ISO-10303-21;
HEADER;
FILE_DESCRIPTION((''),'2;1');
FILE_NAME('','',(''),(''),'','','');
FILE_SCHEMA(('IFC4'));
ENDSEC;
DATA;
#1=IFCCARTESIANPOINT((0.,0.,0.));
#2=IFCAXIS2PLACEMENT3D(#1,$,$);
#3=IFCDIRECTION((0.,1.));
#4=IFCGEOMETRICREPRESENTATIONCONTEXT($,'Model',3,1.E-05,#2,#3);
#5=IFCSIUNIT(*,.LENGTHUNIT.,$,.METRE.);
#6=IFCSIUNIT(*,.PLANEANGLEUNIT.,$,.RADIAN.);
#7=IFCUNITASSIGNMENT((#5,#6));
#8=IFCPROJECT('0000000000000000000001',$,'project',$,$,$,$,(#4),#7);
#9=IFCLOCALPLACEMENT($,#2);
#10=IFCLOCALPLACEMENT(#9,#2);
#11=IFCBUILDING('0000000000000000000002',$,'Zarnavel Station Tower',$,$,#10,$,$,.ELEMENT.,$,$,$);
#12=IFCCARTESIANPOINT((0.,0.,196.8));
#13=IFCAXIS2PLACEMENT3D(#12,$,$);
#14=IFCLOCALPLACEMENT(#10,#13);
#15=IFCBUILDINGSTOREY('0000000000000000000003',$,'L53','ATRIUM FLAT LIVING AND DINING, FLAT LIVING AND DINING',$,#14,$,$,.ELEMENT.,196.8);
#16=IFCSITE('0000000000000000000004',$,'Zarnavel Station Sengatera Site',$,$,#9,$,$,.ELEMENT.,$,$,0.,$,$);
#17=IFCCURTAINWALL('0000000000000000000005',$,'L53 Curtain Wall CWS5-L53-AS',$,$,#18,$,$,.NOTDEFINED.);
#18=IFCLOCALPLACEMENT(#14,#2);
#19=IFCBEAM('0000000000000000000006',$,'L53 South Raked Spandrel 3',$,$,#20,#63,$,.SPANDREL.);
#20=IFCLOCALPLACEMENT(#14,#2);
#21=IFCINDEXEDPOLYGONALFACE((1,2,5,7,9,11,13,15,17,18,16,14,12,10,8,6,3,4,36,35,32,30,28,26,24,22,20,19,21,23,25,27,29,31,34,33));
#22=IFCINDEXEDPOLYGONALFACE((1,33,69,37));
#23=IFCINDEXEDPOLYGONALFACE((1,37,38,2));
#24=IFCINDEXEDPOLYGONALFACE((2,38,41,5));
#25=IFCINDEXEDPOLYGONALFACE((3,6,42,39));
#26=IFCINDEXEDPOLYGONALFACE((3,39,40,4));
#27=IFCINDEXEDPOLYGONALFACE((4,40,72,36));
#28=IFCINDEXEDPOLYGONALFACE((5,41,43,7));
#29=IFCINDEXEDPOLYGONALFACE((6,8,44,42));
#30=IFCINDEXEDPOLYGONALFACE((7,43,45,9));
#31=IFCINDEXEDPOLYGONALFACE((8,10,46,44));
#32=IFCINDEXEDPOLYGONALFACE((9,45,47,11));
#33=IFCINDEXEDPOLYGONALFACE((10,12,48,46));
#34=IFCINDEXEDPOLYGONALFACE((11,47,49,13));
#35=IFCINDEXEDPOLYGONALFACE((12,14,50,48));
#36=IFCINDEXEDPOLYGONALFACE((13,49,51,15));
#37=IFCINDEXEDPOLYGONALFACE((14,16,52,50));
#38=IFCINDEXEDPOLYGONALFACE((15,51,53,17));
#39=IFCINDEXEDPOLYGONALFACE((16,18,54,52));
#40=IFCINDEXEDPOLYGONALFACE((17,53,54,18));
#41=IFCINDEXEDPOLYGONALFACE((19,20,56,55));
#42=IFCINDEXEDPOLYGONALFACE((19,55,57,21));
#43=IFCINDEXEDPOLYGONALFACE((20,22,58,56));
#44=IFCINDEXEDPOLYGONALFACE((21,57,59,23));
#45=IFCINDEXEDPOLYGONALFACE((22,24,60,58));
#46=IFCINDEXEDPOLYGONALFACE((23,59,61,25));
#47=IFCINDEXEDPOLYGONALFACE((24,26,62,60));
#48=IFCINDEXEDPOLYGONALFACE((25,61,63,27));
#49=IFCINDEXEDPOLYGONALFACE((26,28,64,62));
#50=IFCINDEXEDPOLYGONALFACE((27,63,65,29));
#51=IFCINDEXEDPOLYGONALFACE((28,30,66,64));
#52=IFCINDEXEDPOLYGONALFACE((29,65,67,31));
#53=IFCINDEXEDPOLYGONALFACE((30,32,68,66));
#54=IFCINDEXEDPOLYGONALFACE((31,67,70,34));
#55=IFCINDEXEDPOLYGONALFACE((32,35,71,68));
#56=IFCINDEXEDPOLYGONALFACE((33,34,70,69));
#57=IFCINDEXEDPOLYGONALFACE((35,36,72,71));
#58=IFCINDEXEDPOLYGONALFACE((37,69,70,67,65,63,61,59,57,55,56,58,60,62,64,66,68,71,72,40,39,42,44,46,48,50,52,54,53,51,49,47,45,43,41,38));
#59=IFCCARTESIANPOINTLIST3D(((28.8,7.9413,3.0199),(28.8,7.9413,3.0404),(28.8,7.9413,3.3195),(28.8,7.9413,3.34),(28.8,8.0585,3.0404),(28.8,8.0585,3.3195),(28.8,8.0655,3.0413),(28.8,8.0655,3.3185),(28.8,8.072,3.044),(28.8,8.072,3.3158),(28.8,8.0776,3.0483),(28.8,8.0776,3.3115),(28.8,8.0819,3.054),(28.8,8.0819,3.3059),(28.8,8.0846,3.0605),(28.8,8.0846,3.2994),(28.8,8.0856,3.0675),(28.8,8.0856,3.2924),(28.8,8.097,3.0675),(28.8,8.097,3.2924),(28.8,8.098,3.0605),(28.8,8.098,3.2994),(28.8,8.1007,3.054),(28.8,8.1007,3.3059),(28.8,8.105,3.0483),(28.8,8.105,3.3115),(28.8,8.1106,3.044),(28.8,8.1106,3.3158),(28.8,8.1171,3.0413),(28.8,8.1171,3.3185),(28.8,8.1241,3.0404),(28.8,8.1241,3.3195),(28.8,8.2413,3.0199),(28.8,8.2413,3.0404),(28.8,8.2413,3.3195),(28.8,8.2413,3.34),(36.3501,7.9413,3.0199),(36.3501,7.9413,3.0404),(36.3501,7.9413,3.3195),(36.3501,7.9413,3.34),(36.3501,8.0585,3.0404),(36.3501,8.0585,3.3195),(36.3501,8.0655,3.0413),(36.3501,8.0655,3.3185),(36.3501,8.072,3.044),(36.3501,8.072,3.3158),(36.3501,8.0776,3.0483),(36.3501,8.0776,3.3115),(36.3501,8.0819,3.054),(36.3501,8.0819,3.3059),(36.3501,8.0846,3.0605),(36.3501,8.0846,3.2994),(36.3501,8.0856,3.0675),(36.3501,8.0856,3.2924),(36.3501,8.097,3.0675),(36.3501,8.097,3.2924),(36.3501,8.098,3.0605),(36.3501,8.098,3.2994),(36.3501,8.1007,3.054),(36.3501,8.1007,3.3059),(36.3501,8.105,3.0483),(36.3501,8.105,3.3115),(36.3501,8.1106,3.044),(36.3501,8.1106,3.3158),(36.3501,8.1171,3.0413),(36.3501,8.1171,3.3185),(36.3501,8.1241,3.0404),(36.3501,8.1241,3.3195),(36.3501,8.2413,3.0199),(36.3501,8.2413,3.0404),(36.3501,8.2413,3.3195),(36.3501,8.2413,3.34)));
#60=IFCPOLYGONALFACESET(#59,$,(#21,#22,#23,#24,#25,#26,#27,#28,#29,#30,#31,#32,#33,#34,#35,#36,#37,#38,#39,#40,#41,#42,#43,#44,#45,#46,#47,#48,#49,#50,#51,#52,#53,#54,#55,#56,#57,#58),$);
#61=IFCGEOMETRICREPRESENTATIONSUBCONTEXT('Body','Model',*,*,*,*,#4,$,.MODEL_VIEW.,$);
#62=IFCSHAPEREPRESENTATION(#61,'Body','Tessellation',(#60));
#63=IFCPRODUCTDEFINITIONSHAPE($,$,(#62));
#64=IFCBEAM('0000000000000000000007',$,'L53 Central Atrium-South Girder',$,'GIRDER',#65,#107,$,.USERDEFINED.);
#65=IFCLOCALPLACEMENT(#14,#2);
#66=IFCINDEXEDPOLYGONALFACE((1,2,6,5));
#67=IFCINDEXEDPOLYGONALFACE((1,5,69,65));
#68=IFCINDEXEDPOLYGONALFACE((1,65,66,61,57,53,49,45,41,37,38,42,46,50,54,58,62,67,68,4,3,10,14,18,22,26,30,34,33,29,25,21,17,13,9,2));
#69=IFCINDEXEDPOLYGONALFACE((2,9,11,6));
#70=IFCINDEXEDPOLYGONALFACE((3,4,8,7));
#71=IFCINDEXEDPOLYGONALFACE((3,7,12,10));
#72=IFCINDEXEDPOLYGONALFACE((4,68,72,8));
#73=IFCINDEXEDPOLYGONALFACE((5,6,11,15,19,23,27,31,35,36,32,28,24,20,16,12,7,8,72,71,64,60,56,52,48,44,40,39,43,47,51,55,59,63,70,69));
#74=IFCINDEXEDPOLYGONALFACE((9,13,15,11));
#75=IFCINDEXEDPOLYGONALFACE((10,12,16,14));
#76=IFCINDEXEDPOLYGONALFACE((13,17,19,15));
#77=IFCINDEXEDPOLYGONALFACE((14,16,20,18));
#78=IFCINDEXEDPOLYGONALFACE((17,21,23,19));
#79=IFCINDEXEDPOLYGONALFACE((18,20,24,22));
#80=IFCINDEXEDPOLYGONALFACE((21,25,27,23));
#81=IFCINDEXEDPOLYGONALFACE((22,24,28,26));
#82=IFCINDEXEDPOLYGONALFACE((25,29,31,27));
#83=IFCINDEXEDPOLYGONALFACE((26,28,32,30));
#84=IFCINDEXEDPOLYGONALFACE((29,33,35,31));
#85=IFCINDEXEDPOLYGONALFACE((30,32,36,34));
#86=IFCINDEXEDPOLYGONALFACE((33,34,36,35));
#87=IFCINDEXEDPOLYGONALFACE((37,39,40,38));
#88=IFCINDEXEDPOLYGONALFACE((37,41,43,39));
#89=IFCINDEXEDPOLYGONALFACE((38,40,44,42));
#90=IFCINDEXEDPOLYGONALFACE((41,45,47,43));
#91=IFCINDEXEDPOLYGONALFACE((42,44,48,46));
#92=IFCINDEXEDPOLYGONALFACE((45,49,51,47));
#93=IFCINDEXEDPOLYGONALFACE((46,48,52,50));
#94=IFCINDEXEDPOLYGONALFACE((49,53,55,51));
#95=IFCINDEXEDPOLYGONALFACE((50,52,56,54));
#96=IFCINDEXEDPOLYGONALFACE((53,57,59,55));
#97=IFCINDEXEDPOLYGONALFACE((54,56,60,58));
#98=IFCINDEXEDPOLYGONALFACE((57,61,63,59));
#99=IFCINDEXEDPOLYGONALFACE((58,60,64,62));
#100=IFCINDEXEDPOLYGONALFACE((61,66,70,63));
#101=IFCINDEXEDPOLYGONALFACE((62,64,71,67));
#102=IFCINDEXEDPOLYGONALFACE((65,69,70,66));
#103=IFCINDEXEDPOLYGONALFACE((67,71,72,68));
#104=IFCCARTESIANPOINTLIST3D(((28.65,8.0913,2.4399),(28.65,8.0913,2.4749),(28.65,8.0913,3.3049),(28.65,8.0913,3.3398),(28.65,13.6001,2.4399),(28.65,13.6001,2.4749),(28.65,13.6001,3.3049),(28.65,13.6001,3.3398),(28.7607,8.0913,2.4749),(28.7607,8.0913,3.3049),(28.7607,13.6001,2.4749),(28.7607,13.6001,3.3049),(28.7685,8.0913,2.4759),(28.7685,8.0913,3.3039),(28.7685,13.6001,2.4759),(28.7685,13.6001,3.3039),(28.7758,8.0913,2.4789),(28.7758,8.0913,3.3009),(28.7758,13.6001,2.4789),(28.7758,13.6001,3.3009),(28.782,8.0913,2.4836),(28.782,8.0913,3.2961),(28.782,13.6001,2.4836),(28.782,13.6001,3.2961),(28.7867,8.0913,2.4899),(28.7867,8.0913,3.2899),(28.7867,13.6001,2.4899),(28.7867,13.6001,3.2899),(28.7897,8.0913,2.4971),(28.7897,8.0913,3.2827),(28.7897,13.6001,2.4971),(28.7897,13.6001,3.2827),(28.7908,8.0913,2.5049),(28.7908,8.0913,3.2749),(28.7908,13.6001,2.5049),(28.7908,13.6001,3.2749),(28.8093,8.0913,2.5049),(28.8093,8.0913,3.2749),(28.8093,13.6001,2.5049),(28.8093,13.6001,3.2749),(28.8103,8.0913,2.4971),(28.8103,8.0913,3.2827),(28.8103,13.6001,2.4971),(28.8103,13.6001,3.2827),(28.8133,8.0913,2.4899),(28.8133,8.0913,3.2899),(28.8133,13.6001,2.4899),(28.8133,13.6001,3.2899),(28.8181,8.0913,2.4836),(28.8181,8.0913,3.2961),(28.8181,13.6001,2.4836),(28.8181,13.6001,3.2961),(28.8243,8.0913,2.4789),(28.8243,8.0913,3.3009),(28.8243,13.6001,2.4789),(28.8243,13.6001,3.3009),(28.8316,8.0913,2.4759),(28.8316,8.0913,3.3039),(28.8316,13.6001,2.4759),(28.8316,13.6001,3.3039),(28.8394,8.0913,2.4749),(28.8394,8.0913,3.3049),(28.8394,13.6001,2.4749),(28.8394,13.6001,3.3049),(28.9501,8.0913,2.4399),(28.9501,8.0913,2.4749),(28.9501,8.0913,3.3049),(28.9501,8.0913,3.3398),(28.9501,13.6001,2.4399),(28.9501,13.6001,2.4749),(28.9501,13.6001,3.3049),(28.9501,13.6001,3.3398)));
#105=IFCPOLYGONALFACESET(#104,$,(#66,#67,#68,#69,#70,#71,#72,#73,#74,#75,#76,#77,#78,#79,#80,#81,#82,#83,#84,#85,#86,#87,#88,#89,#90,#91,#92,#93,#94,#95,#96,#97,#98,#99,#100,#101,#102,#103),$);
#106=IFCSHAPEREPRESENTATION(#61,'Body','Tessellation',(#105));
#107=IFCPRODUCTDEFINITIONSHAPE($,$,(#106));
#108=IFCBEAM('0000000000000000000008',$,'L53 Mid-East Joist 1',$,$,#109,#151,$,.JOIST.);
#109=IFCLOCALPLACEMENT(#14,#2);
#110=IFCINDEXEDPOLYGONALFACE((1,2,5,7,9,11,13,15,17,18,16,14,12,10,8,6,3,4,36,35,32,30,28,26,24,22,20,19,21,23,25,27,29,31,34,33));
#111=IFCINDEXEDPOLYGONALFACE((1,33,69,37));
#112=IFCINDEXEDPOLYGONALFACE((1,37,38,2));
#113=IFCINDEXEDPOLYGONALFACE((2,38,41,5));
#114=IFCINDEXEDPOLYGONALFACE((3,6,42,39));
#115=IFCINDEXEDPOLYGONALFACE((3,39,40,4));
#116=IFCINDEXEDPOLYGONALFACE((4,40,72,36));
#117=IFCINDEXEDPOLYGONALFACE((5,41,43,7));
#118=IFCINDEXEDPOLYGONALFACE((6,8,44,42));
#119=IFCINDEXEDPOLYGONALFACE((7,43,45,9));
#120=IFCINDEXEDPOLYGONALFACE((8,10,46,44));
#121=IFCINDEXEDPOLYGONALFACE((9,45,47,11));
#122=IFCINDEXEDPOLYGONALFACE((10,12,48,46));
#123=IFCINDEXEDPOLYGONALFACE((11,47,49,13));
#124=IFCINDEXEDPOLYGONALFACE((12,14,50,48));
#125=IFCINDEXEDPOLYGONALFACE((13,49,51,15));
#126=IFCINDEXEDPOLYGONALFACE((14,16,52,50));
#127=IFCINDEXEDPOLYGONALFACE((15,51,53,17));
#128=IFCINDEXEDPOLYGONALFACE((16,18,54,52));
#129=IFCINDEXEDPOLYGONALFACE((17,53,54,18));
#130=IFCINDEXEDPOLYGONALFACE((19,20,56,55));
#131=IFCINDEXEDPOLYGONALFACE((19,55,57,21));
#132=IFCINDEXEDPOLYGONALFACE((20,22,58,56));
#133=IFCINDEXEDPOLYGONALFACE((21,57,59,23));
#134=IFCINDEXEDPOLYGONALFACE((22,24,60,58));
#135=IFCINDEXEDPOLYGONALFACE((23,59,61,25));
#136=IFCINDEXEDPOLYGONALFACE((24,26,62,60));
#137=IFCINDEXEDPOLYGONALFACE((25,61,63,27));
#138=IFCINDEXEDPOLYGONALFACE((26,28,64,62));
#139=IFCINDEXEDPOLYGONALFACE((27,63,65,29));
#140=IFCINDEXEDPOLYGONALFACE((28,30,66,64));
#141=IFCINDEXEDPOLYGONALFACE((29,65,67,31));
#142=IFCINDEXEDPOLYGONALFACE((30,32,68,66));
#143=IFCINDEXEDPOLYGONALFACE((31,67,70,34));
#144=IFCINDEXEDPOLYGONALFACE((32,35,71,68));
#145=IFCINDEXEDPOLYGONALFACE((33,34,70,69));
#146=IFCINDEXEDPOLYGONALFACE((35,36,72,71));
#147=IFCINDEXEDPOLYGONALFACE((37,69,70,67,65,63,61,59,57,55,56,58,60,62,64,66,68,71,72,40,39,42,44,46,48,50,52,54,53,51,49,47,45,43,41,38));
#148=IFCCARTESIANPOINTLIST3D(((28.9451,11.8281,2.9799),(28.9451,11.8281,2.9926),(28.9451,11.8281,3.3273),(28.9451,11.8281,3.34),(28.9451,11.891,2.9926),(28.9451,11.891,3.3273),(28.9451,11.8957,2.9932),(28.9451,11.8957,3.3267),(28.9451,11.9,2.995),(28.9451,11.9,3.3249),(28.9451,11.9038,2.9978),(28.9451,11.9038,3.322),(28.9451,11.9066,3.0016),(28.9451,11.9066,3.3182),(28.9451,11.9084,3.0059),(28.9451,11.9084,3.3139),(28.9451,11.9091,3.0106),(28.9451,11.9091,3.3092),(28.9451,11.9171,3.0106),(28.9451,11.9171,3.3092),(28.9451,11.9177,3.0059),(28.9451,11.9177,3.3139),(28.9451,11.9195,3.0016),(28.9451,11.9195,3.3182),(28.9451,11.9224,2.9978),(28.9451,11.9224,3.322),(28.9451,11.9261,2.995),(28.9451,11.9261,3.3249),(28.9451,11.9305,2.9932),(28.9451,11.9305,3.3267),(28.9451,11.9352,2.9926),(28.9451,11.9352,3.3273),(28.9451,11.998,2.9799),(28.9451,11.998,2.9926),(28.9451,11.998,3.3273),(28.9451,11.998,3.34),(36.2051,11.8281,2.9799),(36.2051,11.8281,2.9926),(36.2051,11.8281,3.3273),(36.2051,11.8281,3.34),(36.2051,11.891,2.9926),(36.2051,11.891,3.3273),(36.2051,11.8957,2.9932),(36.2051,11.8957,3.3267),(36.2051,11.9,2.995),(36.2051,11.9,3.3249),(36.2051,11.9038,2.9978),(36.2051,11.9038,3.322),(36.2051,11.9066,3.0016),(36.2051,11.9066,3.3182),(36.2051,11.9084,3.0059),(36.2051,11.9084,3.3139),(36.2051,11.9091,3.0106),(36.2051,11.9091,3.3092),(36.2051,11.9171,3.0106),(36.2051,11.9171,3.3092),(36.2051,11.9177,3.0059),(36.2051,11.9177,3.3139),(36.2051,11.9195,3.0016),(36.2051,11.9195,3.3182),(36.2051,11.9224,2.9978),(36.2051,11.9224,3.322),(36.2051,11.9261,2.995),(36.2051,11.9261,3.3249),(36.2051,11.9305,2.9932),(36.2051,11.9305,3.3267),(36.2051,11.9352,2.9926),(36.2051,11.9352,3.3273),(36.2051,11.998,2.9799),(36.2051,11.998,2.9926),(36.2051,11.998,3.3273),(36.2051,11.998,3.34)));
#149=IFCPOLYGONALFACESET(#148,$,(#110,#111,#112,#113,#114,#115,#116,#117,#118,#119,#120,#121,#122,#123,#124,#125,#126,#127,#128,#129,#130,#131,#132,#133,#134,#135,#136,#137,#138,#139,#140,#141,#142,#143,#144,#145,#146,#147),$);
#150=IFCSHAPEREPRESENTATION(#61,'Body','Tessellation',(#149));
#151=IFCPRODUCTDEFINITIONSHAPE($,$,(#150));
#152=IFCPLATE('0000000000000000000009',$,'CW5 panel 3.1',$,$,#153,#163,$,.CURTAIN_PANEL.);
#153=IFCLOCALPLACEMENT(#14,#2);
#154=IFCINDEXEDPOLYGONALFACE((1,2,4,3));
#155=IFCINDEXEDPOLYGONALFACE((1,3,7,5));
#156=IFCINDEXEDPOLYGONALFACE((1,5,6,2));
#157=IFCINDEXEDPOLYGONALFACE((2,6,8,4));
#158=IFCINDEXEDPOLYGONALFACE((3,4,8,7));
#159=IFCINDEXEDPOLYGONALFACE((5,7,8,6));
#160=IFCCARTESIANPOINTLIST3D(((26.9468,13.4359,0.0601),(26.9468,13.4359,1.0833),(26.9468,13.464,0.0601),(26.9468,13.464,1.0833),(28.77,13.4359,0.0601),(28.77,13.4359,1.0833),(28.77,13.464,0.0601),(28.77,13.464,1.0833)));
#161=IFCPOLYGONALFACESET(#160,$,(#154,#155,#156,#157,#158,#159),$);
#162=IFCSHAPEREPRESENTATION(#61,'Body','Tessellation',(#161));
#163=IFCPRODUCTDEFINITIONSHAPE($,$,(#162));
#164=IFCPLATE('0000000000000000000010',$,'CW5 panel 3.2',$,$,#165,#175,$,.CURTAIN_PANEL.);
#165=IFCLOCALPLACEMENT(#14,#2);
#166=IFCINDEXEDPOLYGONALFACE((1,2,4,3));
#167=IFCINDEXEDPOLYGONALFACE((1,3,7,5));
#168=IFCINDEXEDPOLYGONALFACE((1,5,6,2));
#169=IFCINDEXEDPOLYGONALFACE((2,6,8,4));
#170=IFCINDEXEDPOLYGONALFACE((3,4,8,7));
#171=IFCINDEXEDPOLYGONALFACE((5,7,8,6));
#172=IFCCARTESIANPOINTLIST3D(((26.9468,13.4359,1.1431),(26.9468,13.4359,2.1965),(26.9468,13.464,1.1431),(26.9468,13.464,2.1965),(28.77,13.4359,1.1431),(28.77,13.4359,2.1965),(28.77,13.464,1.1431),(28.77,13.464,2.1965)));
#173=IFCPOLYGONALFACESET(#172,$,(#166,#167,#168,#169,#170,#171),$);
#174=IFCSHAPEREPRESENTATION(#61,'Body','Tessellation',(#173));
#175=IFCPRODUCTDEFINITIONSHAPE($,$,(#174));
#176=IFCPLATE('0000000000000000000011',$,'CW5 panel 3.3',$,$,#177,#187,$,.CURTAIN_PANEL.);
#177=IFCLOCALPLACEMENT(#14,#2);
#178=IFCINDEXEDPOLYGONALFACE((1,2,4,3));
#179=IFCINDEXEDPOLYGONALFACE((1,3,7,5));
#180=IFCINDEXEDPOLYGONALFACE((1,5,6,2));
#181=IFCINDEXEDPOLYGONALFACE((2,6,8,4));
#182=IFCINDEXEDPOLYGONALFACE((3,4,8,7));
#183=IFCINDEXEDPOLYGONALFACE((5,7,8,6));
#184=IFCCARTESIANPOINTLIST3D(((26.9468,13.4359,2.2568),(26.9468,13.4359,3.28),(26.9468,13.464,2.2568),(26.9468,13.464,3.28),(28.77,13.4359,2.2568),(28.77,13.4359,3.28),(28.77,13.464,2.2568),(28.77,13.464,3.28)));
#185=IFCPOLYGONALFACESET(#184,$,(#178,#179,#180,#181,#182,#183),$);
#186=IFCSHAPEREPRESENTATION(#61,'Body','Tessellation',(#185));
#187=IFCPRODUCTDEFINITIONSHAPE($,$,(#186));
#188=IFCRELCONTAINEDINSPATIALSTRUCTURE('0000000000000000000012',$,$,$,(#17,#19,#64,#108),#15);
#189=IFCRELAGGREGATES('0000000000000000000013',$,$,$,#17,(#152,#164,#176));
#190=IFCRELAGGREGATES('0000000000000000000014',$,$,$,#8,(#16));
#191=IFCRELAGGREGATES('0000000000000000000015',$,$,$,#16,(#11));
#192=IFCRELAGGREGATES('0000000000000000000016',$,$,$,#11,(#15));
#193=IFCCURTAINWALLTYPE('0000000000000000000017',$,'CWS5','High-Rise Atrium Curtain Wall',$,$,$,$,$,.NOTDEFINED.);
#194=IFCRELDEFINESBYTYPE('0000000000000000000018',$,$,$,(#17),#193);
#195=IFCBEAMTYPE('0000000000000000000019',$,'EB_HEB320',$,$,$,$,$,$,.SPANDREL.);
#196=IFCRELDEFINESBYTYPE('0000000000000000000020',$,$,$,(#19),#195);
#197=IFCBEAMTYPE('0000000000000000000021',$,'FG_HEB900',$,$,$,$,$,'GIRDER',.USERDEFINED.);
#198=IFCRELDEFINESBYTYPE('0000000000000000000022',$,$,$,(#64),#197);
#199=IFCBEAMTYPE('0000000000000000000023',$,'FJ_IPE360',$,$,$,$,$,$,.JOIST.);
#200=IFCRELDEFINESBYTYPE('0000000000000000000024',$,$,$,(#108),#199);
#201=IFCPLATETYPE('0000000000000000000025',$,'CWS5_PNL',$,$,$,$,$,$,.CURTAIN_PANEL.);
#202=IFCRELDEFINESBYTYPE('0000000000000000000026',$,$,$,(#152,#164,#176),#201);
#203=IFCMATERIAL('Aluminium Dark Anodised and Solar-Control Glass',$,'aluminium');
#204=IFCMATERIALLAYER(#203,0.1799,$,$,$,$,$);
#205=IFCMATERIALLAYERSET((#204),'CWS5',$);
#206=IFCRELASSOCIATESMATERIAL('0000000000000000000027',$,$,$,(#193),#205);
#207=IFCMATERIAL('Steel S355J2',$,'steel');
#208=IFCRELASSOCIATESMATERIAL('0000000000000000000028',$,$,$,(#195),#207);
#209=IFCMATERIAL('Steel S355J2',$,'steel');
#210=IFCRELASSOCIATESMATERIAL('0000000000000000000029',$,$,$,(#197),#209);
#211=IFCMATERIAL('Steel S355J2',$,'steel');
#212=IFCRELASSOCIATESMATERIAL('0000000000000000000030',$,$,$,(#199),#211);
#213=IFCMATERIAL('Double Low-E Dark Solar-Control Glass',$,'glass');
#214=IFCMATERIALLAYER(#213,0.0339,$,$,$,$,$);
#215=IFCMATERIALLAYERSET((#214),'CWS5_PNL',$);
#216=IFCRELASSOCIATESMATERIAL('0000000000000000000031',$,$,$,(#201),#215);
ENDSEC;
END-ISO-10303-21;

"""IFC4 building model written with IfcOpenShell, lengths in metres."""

from ifc_helpers import new_model, si_unit, direction, frame, origin, origin_2d, place, context, subcontext, project, spatial, rectangle, i_section, extrude, material, layer, layer_set, material_profile, profile_set, type_object, element, aggregate, save


model = new_model("IFC4")

# Units and contexts
model_context = context("Model", 3, precision=1e-05, world=origin(), true_north=direction((0.0, 1.0)))
body_context = subcontext(model_context, "Body", "Model", "MODEL_VIEW")
ifc_project = project(units=[si_unit("LENGTHUNIT", "METRE"), si_unit("PLANEANGLEUNIT", "RADIAN")], contexts=[model_context])

# Site, building, storey
site_placement = place(None, origin())
site = spatial("IfcSite", under=ifc_project, at=site_placement, Name="Zarnavel Station Sengatera Site", CompositionType="ELEMENT", RefElevation=0.0)
building_placement = place(site_placement, origin())
building = spatial("IfcBuilding", under=site, at=building_placement, Name="Zarnavel Station Tower", CompositionType="ELEMENT")
storey_placement = place(building_placement, frame((0.0, 0.0, 196.8)))
storey = spatial("IfcBuildingStorey", under=building, at=storey_placement, Name="L53", Description="ATRIUM FLAT LIVING AND DINING, FLAT LIVING AND DINING", CompositionType="ELEMENT", Elevation=196.8)

# Curtain wall
ifc_material_1 = material(Name="Aluminium Dark Anodised and Solar-Control Glass", Category="aluminium")
ifc_layer_1 = layer(ifc_material_1, 0.1799)
ifc_layer_set_1 = layer_set([ifc_layer_1], Name="CWS5")
curtain_wall_type = type_object("IfcCurtainWallType", Name="CWS5", Description="High-Rise Atrium Curtain Wall", PredefinedType="NOTDEFINED", material=ifc_layer_set_1)
curtain_wall_placement = place(storey_placement, origin())
curtain_wall = element("IfcCurtainWall", 1, at=curtain_wall_placement, inside=storey, type_object=curtain_wall_type, Name="L53 Curtain Wall CWS5-L53-AS", PredefinedType="NOTDEFINED")

# Beams
ifc_material_2 = material(Name="Steel S355J2", Category="steel")
ifc_material_profile_1 = material_profile(ifc_material_2, i_section(OverallWidth=0.3, OverallDepth=0.3201, WebThickness=0.0115, FlangeThickness=0.0205, FilletRadius=0.0271, at=origin_2d()), Name="HEB320")
ifc_profile_set_1 = profile_set([ifc_material_profile_1], Name="Steel S355J2")
beam_type_1 = type_object("IfcBeamType", Name="EB_HEB320", PredefinedType="SPANDREL", material=ifc_profile_set_1)
beam_1_placement = place(storey_placement, frame((28.8, 8.0913, 3.1799), z_axis=(1.0, 0.0, 0.0), x_axis=(0.0, 1.0, 0.0)))
element("IfcBeam", 2, at=beam_1_placement, inside=storey, type_object=beam_type_1, Name="L53 South Raked Spandrel 3", PredefinedType="SPANDREL", context=body_context, shape_type="SweptSolid", body=[
    extrude(i_section(OverallWidth=0.3, OverallDepth=0.3201, WebThickness=0.0115, FlangeThickness=0.0205, FilletRadius=0.0271, at=origin_2d()), origin(), (0.0, 0.0, 1.0), 7.55),
])
ifc_material_3 = material(Name="Steel S355J2", Category="steel")
ifc_material_profile_2 = material_profile(ifc_material_3, i_section(OverallWidth=0.3, OverallDepth=0.8999, WebThickness=0.0186, FlangeThickness=0.0349, FilletRadius=0.03, at=origin_2d()), Name="HEB900")
ifc_profile_set_2 = profile_set([ifc_material_profile_2], Name="Steel S355J2")
beam_type_2 = type_object("IfcBeamType", Name="FG_HEB900", ElementType="GIRDER", PredefinedType="USERDEFINED", material=ifc_profile_set_2)
beam_2_placement = place(storey_placement, frame((28.8, 8.0913, 2.8899), z_axis=(0.0, 1.0, 0.0), x_axis=(-1.0, 0.0, 0.0)))
element("IfcBeam", 3, at=beam_2_placement, inside=storey, type_object=beam_type_2, Name="L53 Central Atrium-South Girder", ObjectType="GIRDER", PredefinedType="USERDEFINED", context=body_context, shape_type="SweptSolid", body=[
    extrude(i_section(OverallWidth=0.3, OverallDepth=0.8999, WebThickness=0.0186, FlangeThickness=0.0349, FilletRadius=0.03, at=origin_2d()), origin(), (0.0, 0.0, 1.0), 5.5088),
])
ifc_material_4 = material(Name="Steel S355J2", Category="steel")
ifc_material_profile_3 = material_profile(ifc_material_4, i_section(OverallWidth=0.1699, OverallDepth=0.3601, WebThickness=0.0081, FlangeThickness=0.0127, FilletRadius=0.0181, at=origin_2d()), Name="IPE360")
ifc_profile_set_3 = profile_set([ifc_material_profile_3], Name="Steel S355J2")
beam_type_3 = type_object("IfcBeamType", Name="FJ_IPE360", PredefinedType="JOIST", material=ifc_profile_set_3)
beam_3_placement = place(storey_placement, frame((28.9451, 11.9131, 3.1599), z_axis=(1.0, 0.0, 0.0), x_axis=(0.0, 1.0, 0.0)))
element("IfcBeam", 4, at=beam_3_placement, inside=storey, type_object=beam_type_3, Name="L53 Mid-East Joist 1", PredefinedType="JOIST", context=body_context, shape_type="SweptSolid", body=[
    extrude(i_section(OverallWidth=0.1699, OverallDepth=0.3601, WebThickness=0.0081, FlangeThickness=0.0127, FilletRadius=0.0181, at=origin_2d()), origin(), (0.0, 0.0, 1.0), 7.26),
])

# Plates
ifc_material_5 = material(Name="Double Low-E Dark Solar-Control Glass", Category="glass")
ifc_layer_2 = layer(ifc_material_5, 0.0339)
ifc_layer_set_2 = layer_set([ifc_layer_2], Name="CWS5_PNL")
plate_type = type_object("IfcPlateType", Name="CWS5_PNL", PredefinedType="CURTAIN_PANEL", material=ifc_layer_set_2)
plate_1_placement = place(storey_placement, frame((27.8584, 13.45, 0.0601), z_axis=(0.0, 0.0, 1.0), x_axis=(1.0, 0.0, 0.0)))
plate_1 = element("IfcPlate", 5, at=plate_1_placement, type_object=plate_type, Name="CW5 panel 3.1", PredefinedType="CURTAIN_PANEL", context=body_context, shape_type="SweptSolid", body=[
    extrude(rectangle(XDim=1.8232, YDim=0.0281, at=origin_2d()), origin(), (0.0, 0.0, 1.0), 1.0232),
])
plate_2_placement = place(storey_placement, frame((27.8584, 13.45, 1.1431), z_axis=(0.0, 0.0, 1.0), x_axis=(1.0, 0.0, 0.0)))
plate_2 = element("IfcPlate", 6, at=plate_2_placement, type_object=plate_type, Name="CW5 panel 3.2", PredefinedType="CURTAIN_PANEL", context=body_context, shape_type="SweptSolid", body=[
    extrude(rectangle(XDim=1.8232, YDim=0.0281, at=origin_2d()), origin(), (0.0, 0.0, 1.0), 1.0535),
])
plate_3_placement = place(storey_placement, frame((27.8584, 13.45, 2.2568), z_axis=(0.0, 0.0, 1.0), x_axis=(1.0, 0.0, 0.0)))
plate_3 = element("IfcPlate", 7, at=plate_3_placement, type_object=plate_type, Name="CW5 panel 3.3", PredefinedType="CURTAIN_PANEL", context=body_context, shape_type="SweptSolid", body=[
    extrude(rectangle(XDim=1.8232, YDim=0.0281, at=origin_2d()), origin(), (0.0, 0.0, 1.0), 1.0232),
])
aggregate(curtain_wall, [plate_1, plate_2, plate_3])

save(model, "model.ifc")
